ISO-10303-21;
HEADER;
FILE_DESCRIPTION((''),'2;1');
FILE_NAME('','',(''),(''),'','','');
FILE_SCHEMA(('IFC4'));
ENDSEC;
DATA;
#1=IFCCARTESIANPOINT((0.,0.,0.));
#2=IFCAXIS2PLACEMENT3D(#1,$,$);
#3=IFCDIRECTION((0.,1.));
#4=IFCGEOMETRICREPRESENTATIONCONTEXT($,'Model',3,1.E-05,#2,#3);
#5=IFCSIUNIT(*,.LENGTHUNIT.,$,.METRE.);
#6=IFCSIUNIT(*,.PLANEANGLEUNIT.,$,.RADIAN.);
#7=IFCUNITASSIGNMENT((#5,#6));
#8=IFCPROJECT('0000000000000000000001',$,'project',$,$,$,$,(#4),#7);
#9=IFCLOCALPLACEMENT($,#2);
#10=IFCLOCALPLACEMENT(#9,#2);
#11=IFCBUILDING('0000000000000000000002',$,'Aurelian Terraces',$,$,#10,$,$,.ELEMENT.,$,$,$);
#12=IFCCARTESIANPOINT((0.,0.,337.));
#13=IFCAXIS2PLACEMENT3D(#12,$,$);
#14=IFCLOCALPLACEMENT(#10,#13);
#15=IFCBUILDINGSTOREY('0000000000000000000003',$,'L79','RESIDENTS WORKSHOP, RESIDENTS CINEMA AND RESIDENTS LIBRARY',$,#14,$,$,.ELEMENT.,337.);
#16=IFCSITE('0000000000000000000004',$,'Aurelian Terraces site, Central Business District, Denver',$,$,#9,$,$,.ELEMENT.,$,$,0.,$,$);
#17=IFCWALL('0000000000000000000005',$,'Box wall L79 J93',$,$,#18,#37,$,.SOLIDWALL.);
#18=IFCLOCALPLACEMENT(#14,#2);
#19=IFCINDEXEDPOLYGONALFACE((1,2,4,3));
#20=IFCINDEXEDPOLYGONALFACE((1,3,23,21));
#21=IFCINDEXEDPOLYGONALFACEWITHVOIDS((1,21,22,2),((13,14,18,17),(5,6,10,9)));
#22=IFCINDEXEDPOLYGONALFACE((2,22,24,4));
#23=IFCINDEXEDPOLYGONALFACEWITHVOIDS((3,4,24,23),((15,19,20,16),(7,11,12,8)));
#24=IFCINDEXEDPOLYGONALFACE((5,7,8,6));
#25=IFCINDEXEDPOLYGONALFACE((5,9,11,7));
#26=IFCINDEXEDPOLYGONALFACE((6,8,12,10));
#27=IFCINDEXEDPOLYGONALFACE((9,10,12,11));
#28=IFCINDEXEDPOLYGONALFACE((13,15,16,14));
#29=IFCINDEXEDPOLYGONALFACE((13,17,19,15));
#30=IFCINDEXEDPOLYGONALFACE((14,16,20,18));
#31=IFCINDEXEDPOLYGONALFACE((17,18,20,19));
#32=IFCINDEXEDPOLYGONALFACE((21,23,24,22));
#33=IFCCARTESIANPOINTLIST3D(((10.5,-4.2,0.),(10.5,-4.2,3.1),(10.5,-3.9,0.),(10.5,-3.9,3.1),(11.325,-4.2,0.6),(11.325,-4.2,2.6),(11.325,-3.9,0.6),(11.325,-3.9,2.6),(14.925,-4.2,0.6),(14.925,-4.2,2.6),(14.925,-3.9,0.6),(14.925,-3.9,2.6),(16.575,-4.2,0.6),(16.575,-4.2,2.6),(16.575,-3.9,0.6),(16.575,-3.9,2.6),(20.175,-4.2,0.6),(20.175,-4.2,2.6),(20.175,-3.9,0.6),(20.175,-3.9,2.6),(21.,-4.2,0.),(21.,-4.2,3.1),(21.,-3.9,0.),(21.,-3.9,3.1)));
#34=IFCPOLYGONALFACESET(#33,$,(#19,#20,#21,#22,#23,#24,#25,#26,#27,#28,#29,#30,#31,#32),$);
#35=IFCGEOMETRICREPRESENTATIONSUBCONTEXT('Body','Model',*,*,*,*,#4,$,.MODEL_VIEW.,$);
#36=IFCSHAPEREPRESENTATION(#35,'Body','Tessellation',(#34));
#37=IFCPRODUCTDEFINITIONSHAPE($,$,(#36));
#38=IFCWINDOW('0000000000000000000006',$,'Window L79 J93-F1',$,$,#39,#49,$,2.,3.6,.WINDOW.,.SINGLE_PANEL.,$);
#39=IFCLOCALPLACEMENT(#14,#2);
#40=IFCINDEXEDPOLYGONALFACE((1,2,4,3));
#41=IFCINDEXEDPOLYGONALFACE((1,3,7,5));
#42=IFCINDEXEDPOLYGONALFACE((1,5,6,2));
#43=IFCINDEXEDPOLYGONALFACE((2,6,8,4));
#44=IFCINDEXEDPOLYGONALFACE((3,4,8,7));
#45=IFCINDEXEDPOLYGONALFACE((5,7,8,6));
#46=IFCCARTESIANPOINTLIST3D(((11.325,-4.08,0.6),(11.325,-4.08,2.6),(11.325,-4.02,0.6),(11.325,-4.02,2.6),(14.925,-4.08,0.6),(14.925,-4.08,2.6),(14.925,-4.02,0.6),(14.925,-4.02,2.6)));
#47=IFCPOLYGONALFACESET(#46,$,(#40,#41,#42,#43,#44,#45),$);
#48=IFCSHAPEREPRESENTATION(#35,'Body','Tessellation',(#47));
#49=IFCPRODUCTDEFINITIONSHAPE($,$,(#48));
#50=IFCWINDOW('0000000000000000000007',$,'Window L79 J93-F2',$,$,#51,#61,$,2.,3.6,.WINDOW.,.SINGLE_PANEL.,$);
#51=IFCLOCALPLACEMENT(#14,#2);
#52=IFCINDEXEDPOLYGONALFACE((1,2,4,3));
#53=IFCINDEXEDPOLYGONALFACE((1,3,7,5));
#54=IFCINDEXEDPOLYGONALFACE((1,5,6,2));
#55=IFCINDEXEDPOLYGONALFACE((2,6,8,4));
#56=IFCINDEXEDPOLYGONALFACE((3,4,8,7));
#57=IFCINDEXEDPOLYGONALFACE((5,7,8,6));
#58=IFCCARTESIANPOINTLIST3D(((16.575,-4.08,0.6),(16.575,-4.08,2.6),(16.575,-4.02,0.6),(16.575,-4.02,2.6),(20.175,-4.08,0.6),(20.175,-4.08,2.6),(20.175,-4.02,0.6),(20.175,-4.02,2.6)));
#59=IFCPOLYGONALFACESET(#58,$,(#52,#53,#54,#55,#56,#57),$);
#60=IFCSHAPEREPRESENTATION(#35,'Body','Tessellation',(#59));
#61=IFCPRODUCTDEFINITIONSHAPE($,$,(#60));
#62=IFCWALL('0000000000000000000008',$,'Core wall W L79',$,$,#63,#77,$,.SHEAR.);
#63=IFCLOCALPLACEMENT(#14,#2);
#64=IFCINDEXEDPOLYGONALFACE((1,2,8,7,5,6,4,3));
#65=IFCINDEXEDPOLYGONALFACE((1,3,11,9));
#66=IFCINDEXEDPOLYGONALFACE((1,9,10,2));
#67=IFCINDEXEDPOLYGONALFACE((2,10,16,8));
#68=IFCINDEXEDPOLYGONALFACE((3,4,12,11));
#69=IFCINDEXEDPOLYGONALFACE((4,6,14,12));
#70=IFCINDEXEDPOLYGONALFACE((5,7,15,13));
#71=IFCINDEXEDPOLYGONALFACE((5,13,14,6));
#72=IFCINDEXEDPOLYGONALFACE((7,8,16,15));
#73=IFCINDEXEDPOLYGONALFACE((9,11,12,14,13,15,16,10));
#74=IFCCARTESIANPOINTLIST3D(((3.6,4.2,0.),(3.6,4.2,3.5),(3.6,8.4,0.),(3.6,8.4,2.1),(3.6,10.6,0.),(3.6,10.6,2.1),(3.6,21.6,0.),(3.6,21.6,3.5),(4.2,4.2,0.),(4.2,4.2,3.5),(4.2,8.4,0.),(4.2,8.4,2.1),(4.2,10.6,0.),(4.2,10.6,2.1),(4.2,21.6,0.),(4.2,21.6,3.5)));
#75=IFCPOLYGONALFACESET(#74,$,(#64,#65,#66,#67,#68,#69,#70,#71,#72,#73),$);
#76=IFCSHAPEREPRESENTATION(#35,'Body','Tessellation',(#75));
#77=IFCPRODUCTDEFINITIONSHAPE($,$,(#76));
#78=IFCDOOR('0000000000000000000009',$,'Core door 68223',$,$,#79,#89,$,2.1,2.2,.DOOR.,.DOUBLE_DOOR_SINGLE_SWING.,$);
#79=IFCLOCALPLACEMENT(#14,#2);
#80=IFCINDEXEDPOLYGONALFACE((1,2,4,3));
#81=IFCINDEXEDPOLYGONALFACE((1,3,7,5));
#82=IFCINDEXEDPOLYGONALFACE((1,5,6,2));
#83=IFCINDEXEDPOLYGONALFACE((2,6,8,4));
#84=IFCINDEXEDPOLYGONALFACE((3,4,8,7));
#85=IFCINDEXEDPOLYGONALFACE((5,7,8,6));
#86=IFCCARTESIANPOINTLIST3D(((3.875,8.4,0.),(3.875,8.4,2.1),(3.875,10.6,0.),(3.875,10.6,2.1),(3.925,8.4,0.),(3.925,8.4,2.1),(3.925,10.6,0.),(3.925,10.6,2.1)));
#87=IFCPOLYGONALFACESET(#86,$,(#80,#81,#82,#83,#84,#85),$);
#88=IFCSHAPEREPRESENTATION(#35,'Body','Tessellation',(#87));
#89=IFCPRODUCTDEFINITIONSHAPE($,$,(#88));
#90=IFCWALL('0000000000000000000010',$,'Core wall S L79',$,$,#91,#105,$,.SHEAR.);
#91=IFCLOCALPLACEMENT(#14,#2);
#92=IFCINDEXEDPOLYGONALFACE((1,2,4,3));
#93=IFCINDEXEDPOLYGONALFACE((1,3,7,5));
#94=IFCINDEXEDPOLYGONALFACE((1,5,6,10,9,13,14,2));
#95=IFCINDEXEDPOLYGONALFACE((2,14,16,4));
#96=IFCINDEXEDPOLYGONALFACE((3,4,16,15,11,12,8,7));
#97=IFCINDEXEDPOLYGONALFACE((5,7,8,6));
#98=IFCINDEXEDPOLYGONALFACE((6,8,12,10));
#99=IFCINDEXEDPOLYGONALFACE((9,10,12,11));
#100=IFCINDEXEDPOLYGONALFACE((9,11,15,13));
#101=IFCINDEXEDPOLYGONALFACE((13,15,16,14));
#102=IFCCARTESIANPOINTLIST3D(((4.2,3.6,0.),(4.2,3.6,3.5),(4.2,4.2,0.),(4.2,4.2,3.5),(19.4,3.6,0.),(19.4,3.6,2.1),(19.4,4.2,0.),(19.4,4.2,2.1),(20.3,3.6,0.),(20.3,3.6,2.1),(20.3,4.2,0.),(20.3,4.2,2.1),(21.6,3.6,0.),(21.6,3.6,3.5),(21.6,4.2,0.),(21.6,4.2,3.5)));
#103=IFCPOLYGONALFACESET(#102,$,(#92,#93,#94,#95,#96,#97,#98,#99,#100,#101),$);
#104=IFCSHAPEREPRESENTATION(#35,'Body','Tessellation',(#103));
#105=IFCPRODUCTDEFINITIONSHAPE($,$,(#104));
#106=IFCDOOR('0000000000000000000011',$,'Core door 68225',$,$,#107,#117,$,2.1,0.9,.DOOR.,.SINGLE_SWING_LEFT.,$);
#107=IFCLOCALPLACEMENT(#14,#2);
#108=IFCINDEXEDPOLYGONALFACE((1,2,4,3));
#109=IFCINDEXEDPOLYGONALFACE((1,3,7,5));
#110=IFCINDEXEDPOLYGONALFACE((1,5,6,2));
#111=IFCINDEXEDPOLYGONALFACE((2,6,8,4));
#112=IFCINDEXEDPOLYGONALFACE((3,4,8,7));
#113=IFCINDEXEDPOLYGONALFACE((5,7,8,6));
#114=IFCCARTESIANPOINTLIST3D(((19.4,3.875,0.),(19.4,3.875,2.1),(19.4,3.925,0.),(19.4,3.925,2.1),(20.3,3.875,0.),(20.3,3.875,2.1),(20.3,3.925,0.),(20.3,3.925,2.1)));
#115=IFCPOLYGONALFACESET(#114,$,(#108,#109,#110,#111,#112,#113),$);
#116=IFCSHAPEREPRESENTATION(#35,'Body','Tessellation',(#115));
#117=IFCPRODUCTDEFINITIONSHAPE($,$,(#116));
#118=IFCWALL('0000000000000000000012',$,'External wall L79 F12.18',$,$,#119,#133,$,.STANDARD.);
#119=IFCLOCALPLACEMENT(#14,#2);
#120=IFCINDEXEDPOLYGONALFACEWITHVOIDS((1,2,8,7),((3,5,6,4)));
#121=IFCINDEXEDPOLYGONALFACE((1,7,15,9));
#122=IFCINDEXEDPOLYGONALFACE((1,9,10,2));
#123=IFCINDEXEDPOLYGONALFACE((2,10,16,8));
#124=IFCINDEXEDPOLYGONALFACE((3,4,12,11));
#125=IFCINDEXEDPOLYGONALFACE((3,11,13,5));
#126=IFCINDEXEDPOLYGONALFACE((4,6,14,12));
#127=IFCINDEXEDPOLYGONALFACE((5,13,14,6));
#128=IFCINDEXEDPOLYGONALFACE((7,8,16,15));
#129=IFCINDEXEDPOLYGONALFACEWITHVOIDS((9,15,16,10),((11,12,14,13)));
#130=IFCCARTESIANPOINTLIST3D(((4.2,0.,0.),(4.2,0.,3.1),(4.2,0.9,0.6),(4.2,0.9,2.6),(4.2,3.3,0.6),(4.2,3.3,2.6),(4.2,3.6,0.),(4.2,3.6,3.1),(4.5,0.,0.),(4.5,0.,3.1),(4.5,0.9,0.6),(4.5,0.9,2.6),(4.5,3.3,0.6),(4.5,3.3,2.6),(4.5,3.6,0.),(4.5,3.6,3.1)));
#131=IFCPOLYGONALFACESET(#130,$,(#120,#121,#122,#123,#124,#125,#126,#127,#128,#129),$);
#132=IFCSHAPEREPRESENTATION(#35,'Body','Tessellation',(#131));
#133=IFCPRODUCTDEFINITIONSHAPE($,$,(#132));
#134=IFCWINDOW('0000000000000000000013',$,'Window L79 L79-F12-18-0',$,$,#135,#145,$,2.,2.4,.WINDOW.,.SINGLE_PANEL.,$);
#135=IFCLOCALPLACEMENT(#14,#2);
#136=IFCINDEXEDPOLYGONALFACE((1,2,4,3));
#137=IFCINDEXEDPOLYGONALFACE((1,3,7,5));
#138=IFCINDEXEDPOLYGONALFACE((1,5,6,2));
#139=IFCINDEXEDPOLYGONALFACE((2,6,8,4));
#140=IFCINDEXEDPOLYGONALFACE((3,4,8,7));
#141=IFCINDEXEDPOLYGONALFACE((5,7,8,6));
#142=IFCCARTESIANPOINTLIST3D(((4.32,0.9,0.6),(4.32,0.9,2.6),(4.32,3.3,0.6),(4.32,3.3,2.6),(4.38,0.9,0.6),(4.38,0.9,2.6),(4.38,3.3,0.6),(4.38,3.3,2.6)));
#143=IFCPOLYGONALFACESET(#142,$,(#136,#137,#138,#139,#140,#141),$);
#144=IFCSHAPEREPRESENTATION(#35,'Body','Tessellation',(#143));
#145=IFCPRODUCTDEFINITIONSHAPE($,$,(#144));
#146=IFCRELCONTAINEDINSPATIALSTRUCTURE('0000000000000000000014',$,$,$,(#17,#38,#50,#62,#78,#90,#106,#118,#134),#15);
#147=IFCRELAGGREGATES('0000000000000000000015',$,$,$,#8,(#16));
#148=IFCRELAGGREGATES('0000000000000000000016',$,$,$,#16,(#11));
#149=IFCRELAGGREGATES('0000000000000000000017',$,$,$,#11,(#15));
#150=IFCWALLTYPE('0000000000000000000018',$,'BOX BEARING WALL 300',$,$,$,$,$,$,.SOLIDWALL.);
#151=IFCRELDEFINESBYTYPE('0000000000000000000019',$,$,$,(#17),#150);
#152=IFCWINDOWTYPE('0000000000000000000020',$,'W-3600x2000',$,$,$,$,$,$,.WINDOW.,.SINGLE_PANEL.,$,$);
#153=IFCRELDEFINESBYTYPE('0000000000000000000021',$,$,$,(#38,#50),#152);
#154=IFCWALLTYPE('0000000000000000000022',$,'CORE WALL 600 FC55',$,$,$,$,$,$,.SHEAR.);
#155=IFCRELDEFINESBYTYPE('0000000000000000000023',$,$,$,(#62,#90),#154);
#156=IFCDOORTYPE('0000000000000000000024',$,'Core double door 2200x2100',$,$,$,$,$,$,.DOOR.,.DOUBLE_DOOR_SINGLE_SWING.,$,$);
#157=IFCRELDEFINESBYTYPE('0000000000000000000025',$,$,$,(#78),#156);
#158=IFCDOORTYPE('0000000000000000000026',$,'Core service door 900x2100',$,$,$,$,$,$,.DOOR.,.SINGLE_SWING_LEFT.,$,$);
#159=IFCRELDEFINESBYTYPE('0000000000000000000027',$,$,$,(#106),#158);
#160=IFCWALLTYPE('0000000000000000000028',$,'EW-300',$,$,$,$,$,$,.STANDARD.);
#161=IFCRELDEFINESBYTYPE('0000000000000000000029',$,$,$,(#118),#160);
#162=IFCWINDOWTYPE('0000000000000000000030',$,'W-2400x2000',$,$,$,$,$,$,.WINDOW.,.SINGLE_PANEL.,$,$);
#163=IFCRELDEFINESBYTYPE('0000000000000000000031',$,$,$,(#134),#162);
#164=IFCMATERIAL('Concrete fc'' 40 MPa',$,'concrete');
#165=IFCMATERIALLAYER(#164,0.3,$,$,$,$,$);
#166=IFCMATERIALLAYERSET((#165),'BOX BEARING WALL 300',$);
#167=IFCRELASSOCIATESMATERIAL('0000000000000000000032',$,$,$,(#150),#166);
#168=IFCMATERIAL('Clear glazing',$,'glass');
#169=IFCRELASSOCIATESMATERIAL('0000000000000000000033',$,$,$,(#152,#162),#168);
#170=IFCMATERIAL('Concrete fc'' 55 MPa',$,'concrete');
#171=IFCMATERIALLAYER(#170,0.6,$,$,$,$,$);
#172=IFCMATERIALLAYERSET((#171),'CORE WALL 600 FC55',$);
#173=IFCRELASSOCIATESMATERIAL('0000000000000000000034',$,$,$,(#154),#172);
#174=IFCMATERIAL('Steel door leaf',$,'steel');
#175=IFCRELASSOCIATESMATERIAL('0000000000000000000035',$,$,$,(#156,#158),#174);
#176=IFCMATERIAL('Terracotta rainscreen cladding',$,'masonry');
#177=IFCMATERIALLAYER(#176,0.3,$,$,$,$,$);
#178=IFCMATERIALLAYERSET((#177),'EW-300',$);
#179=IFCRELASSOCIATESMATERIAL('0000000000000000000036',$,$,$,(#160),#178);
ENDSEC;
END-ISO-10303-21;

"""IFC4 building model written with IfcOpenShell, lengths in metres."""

from ifc_helpers import new_model, si_unit, direction, frame, frame_2d, origin, place, context, subcontext, project, spatial, rectangle, extrude, source, transform, mapped, material, layer, layer_set, type_object, element, fill, save


model = new_model("IFC4")

# Units and contexts
model_context = context("Model", 3, precision=1e-05, world=origin(), true_north=direction((0.0, 1.0)))
body_context = subcontext(model_context, "Body", "Model", "MODEL_VIEW")
ifc_project = project(units=[si_unit("LENGTHUNIT", "METRE"), si_unit("PLANEANGLEUNIT", "RADIAN")], contexts=[model_context])

# Site, building, storey
site_placement = place(None, origin())
site = spatial("IfcSite", under=ifc_project, at=site_placement, Name="Aurelian Terraces site, Central Business District, Denver", CompositionType="ELEMENT", RefElevation=0.0)
building_placement = place(site_placement, origin())
building = spatial("IfcBuilding", under=site, at=building_placement, Name="Aurelian Terraces", CompositionType="ELEMENT")
storey_placement = place(building_placement, frame((0.0, 0.0, 337.0)))
storey = spatial("IfcBuildingStorey", under=building, at=storey_placement, Name="L79", Description="RESIDENTS WORKSHOP, RESIDENTS CINEMA AND RESIDENTS LIBRARY", CompositionType="ELEMENT", Elevation=337.0)

# Shared definitions
ifc_material_1 = material(Name="Concrete fc' 55 MPa", Category="concrete")

# Shared definitions
ifc_material_2 = material(Name="Concrete fc' 40 MPa", Category="concrete")

# Wall, openings, windows
ifc_layer_1 = layer(ifc_material_2, 0.3)
ifc_layer_set_1 = layer_set([ifc_layer_1], Name="BOX BEARING WALL 300")
wall_type_1 = type_object("IfcWallType", Name="BOX BEARING WALL 300", PredefinedType="SOLIDWALL", material=ifc_layer_set_1)
wall_1_placement = place(storey_placement, frame((10.5, -4.05, 0.0), z_axis=(0.0, 0.0, 1.0), x_axis=(1.0, 0.0, 0.0)))
wall_1 = element("IfcWall", 1, at=wall_1_placement, inside=storey, type_object=wall_type_1, Name="Box wall L79 J93", PredefinedType="SOLIDWALL", context=body_context, shape_type="SweptSolid", body=[
    extrude(rectangle(XDim=10.5, YDim=0.3, at=frame_2d((5.25, 0.0))), origin(), (0.0, 0.0, 1.0), 3.1),
])
shared_shape_1 = source(origin(), body_context, "Body", "SweptSolid", [
    extrude(rectangle(XDim=3.6, YDim=2.0, at=frame_2d((1.8, 1.0))), frame((0.0, 0.16, 0.0), z_axis=(0.0, -1.0, 0.0), x_axis=(1.0, 0.0, 0.0)), (0.0, 0.0, 1.0), 0.32),
])
opening_1_placement = place(wall_1_placement, frame((0.825, 0.0, 0.6)))
opening_1 = element("IfcOpeningElement", 2, at=opening_1_placement, cuts=wall_1, PredefinedType="OPENING", context=body_context, shape_type="MappedRepresentation", body=[
    mapped(shared_shape_1, transform((0.0, 0.0, 0.0), scale=1.0)),
])
opening_2_placement = place(wall_1_placement, frame((6.075, 0.0, 0.6)))
opening_2 = element("IfcOpeningElement", 3, at=opening_2_placement, cuts=wall_1, PredefinedType="OPENING", context=body_context, shape_type="MappedRepresentation", body=[
    mapped(shared_shape_1, transform((0.0, 0.0, 0.0), scale=1.0)),
])
ifc_material_3 = material(Name="Clear glazing", Category="glass")
window_type_1 = type_object("IfcWindowType", Name="W-3600x2000", PartitioningType="SINGLE_PANEL", PredefinedType="WINDOW", material=ifc_material_3)
shared_shape_2 = source(origin(), body_context, "Body", "SweptSolid", [
    extrude(rectangle(XDim=3.6, YDim=2.0, at=frame_2d((1.8, 1.0))), frame((0.0, 0.03, 0.0), z_axis=(0.0, -1.0, 0.0), x_axis=(1.0, 0.0, 0.0)), (0.0, 0.0, 1.0), 0.06),
])
window_1_placement = place(opening_1_placement, origin())
window_1 = element("IfcWindow", 4, at=window_1_placement, inside=storey, type_object=window_type_1, Name="Window L79 J93-F1", OverallHeight=2.0, OverallWidth=3.6, PartitioningType="SINGLE_PANEL", PredefinedType="WINDOW", context=body_context, shape_type="MappedRepresentation", body=[
    mapped(shared_shape_2, transform((0.0, 0.0, 0.0), scale=1.0)),
])
fill(opening_1, window_1)
window_2_placement = place(opening_2_placement, origin())
window_2 = element("IfcWindow", 5, at=window_2_placement, inside=storey, type_object=window_type_1, Name="Window L79 J93-F2", OverallHeight=2.0, OverallWidth=3.6, PartitioningType="SINGLE_PANEL", PredefinedType="WINDOW", context=body_context, shape_type="MappedRepresentation", body=[
    mapped(shared_shape_2, transform((0.0, 0.0, 0.0), scale=1.0)),
])
fill(opening_2, window_2)

# Walls, openings, doors
ifc_layer_2 = layer(ifc_material_1, 0.6)
ifc_layer_set_2 = layer_set([ifc_layer_2], Name="CORE WALL 600 FC55")
wall_type_2 = type_object("IfcWallType", Name="CORE WALL 600 FC55", PredefinedType="SHEAR", material=ifc_layer_set_2)
shared_shape_3 = source(origin(), body_context, "Body", "SweptSolid", [
    extrude(rectangle(XDim=17.4, YDim=0.6, at=frame_2d((8.7, 0.0))), origin(), (0.0, 0.0, 1.0), 3.5),
])
wall_2_placement = place(storey_placement, frame((3.9, 4.2, 0.0), z_axis=(0.0, 0.0, 1.0), x_axis=(0.0, 1.0, 0.0)))
wall_2 = element("IfcWall", 6, at=wall_2_placement, inside=storey, type_object=wall_type_2, Name="Core wall W L79", PredefinedType="SHEAR", context=body_context, shape_type="MappedRepresentation", body=[
    mapped(shared_shape_3, transform((0.0, 0.0, 0.0), scale=1.0)),
])
shared_shape_4 = source(origin(), body_context, "Body", "SweptSolid", [
    extrude(rectangle(XDim=2.2, YDim=2.1, at=frame_2d((1.1, 1.05))), frame((0.0, 0.31, 0.0), z_axis=(0.0, -1.0, 0.0), x_axis=(1.0, 0.0, 0.0)), (0.0, 0.0, 1.0), 0.62),
])
opening_3_placement = place(wall_2_placement, frame((4.2, 0.0, 0.0)))
opening_3 = element("IfcOpeningElement", 7, at=opening_3_placement, cuts=wall_2, PredefinedType="OPENING", context=body_context, shape_type="MappedRepresentation", body=[
    mapped(shared_shape_4, transform((0.0, 0.0, 0.0), scale=1.0)),
])
ifc_material_4 = material(Name="Steel door leaf", Category="steel")
door_type_1 = type_object("IfcDoorType", Name="Core double door 2200x2100", OperationType="DOUBLE_DOOR_SINGLE_SWING", PredefinedType="DOOR", material=ifc_material_4)
shared_shape_5 = source(origin(), body_context, "Body", "SweptSolid", [
    extrude(rectangle(XDim=2.2, YDim=2.1, at=frame_2d((1.1, 1.05))), frame((0.0, 0.025, 0.0), z_axis=(0.0, -1.0, 0.0), x_axis=(1.0, 0.0, 0.0)), (0.0, 0.0, 1.0), 0.05),
])
door_1_placement = place(opening_3_placement, origin())
door_1 = element("IfcDoor", 8, at=door_1_placement, inside=storey, type_object=door_type_1, Name="Core door 68223", OperationType="DOUBLE_DOOR_SINGLE_SWING", OverallHeight=2.1, OverallWidth=2.2, PredefinedType="DOOR", context=body_context, shape_type="MappedRepresentation", body=[
    mapped(shared_shape_5, transform((0.0, 0.0, 0.0), scale=1.0)),
])
fill(opening_3, door_1)
wall_3_placement = place(storey_placement, frame((4.2, 3.9, 0.0), z_axis=(0.0, 0.0, 1.0), x_axis=(1.0, 0.0, 0.0)))
wall_3 = element("IfcWall", 9, at=wall_3_placement, inside=storey, type_object=wall_type_2, Name="Core wall S L79", PredefinedType="SHEAR", context=body_context, shape_type="MappedRepresentation", body=[
    mapped(shared_shape_3, transform((0.0, 0.0, 0.0), scale=1.0)),
])
shared_shape_6 = source(origin(), body_context, "Body", "SweptSolid", [
    extrude(rectangle(XDim=0.9, YDim=2.1, at=frame_2d((0.45, 1.05))), frame((0.0, 0.31, 0.0), z_axis=(0.0, -1.0, 0.0), x_axis=(1.0, 0.0, 0.0)), (0.0, 0.0, 1.0), 0.62),
])
opening_4_placement = place(wall_3_placement, frame((15.2, 0.0, 0.0)))
opening_4 = element("IfcOpeningElement", 10, at=opening_4_placement, cuts=wall_3, PredefinedType="OPENING", context=body_context, shape_type="MappedRepresentation", body=[
    mapped(shared_shape_6, transform((0.0, 0.0, 0.0), scale=1.0)),
])
door_type_2 = type_object("IfcDoorType", Name="Core service door 900x2100", OperationType="SINGLE_SWING_LEFT", PredefinedType="DOOR", material=ifc_material_4)
shared_shape_7 = source(origin(), body_context, "Body", "SweptSolid", [
    extrude(rectangle(XDim=0.9, YDim=2.1, at=frame_2d((0.45, 1.05))), frame((0.0, 0.025, 0.0), z_axis=(0.0, -1.0, 0.0), x_axis=(1.0, 0.0, 0.0)), (0.0, 0.0, 1.0), 0.05),
])
door_2_placement = place(opening_4_placement, origin())
door_2 = element("IfcDoor", 11, at=door_2_placement, inside=storey, type_object=door_type_2, Name="Core door 68225", OperationType="SINGLE_SWING_LEFT", OverallHeight=2.1, OverallWidth=0.9, PredefinedType="DOOR", context=body_context, shape_type="MappedRepresentation", body=[
    mapped(shared_shape_7, transform((0.0, 0.0, 0.0), scale=1.0)),
])
fill(opening_4, door_2)

# Wall, opening, window
ifc_material_5 = material(Name="Terracotta rainscreen cladding", Category="masonry")
ifc_layer_3 = layer(ifc_material_5, 0.3)
ifc_layer_set_3 = layer_set([ifc_layer_3], Name="EW-300")
wall_type_3 = type_object("IfcWallType", Name="EW-300", PredefinedType="STANDARD", material=ifc_layer_set_3)
shared_shape_8 = source(origin(), body_context, "Body", "SweptSolid", [
    extrude(rectangle(XDim=3.6, YDim=0.3, at=frame_2d((1.8, 0.0))), origin(), (0.0, 0.0, 1.0), 3.1),
])
wall_4_placement = place(storey_placement, frame((4.35, 3.6, 0.0), z_axis=(0.0, 0.0, 1.0), x_axis=(0.0, -1.0, 0.0)))
wall_4 = element("IfcWall", 12, at=wall_4_placement, inside=storey, type_object=wall_type_3, Name="External wall L79 F12.18", PredefinedType="STANDARD", context=body_context, shape_type="MappedRepresentation", body=[
    mapped(shared_shape_8, transform((0.0, 0.0, 0.0), scale=1.0)),
])
shared_shape_9 = source(origin(), body_context, "Body", "SweptSolid", [
    extrude(rectangle(XDim=2.4, YDim=2.0, at=frame_2d((1.2, 1.0))), frame((0.0, 0.16, 0.0), z_axis=(0.0, -1.0, 0.0), x_axis=(1.0, 0.0, 0.0)), (0.0, 0.0, 1.0), 0.32),
])
opening_5_placement = place(wall_4_placement, frame((0.3, 0.0, 0.6)))
opening_5 = element("IfcOpeningElement", 13, at=opening_5_placement, cuts=wall_4, PredefinedType="OPENING", context=body_context, shape_type="MappedRepresentation", body=[
    mapped(shared_shape_9, transform((0.0, 0.0, 0.0), scale=1.0)),
])
window_type_2 = type_object("IfcWindowType", Name="W-2400x2000", PartitioningType="SINGLE_PANEL", PredefinedType="WINDOW", material=ifc_material_3)
shared_shape_10 = source(origin(), body_context, "Body", "SweptSolid", [
    extrude(rectangle(XDim=2.4, YDim=2.0, at=frame_2d((1.2, 1.0))), frame((0.0, 0.03, 0.0), z_axis=(0.0, -1.0, 0.0), x_axis=(1.0, 0.0, 0.0)), (0.0, 0.0, 1.0), 0.06),
])
window_3_placement = place(opening_5_placement, origin())
window_3 = element("IfcWindow", 14, at=window_3_placement, inside=storey, type_object=window_type_2, Name="Window L79 L79-F12-18-0", OverallHeight=2.0, OverallWidth=2.4, PartitioningType="SINGLE_PANEL", PredefinedType="WINDOW", context=body_context, shape_type="MappedRepresentation", body=[
    mapped(shared_shape_10, transform((0.0, 0.0, 0.0), scale=1.0)),
])
fill(opening_5, window_3)

save(model, "model.ifc")
